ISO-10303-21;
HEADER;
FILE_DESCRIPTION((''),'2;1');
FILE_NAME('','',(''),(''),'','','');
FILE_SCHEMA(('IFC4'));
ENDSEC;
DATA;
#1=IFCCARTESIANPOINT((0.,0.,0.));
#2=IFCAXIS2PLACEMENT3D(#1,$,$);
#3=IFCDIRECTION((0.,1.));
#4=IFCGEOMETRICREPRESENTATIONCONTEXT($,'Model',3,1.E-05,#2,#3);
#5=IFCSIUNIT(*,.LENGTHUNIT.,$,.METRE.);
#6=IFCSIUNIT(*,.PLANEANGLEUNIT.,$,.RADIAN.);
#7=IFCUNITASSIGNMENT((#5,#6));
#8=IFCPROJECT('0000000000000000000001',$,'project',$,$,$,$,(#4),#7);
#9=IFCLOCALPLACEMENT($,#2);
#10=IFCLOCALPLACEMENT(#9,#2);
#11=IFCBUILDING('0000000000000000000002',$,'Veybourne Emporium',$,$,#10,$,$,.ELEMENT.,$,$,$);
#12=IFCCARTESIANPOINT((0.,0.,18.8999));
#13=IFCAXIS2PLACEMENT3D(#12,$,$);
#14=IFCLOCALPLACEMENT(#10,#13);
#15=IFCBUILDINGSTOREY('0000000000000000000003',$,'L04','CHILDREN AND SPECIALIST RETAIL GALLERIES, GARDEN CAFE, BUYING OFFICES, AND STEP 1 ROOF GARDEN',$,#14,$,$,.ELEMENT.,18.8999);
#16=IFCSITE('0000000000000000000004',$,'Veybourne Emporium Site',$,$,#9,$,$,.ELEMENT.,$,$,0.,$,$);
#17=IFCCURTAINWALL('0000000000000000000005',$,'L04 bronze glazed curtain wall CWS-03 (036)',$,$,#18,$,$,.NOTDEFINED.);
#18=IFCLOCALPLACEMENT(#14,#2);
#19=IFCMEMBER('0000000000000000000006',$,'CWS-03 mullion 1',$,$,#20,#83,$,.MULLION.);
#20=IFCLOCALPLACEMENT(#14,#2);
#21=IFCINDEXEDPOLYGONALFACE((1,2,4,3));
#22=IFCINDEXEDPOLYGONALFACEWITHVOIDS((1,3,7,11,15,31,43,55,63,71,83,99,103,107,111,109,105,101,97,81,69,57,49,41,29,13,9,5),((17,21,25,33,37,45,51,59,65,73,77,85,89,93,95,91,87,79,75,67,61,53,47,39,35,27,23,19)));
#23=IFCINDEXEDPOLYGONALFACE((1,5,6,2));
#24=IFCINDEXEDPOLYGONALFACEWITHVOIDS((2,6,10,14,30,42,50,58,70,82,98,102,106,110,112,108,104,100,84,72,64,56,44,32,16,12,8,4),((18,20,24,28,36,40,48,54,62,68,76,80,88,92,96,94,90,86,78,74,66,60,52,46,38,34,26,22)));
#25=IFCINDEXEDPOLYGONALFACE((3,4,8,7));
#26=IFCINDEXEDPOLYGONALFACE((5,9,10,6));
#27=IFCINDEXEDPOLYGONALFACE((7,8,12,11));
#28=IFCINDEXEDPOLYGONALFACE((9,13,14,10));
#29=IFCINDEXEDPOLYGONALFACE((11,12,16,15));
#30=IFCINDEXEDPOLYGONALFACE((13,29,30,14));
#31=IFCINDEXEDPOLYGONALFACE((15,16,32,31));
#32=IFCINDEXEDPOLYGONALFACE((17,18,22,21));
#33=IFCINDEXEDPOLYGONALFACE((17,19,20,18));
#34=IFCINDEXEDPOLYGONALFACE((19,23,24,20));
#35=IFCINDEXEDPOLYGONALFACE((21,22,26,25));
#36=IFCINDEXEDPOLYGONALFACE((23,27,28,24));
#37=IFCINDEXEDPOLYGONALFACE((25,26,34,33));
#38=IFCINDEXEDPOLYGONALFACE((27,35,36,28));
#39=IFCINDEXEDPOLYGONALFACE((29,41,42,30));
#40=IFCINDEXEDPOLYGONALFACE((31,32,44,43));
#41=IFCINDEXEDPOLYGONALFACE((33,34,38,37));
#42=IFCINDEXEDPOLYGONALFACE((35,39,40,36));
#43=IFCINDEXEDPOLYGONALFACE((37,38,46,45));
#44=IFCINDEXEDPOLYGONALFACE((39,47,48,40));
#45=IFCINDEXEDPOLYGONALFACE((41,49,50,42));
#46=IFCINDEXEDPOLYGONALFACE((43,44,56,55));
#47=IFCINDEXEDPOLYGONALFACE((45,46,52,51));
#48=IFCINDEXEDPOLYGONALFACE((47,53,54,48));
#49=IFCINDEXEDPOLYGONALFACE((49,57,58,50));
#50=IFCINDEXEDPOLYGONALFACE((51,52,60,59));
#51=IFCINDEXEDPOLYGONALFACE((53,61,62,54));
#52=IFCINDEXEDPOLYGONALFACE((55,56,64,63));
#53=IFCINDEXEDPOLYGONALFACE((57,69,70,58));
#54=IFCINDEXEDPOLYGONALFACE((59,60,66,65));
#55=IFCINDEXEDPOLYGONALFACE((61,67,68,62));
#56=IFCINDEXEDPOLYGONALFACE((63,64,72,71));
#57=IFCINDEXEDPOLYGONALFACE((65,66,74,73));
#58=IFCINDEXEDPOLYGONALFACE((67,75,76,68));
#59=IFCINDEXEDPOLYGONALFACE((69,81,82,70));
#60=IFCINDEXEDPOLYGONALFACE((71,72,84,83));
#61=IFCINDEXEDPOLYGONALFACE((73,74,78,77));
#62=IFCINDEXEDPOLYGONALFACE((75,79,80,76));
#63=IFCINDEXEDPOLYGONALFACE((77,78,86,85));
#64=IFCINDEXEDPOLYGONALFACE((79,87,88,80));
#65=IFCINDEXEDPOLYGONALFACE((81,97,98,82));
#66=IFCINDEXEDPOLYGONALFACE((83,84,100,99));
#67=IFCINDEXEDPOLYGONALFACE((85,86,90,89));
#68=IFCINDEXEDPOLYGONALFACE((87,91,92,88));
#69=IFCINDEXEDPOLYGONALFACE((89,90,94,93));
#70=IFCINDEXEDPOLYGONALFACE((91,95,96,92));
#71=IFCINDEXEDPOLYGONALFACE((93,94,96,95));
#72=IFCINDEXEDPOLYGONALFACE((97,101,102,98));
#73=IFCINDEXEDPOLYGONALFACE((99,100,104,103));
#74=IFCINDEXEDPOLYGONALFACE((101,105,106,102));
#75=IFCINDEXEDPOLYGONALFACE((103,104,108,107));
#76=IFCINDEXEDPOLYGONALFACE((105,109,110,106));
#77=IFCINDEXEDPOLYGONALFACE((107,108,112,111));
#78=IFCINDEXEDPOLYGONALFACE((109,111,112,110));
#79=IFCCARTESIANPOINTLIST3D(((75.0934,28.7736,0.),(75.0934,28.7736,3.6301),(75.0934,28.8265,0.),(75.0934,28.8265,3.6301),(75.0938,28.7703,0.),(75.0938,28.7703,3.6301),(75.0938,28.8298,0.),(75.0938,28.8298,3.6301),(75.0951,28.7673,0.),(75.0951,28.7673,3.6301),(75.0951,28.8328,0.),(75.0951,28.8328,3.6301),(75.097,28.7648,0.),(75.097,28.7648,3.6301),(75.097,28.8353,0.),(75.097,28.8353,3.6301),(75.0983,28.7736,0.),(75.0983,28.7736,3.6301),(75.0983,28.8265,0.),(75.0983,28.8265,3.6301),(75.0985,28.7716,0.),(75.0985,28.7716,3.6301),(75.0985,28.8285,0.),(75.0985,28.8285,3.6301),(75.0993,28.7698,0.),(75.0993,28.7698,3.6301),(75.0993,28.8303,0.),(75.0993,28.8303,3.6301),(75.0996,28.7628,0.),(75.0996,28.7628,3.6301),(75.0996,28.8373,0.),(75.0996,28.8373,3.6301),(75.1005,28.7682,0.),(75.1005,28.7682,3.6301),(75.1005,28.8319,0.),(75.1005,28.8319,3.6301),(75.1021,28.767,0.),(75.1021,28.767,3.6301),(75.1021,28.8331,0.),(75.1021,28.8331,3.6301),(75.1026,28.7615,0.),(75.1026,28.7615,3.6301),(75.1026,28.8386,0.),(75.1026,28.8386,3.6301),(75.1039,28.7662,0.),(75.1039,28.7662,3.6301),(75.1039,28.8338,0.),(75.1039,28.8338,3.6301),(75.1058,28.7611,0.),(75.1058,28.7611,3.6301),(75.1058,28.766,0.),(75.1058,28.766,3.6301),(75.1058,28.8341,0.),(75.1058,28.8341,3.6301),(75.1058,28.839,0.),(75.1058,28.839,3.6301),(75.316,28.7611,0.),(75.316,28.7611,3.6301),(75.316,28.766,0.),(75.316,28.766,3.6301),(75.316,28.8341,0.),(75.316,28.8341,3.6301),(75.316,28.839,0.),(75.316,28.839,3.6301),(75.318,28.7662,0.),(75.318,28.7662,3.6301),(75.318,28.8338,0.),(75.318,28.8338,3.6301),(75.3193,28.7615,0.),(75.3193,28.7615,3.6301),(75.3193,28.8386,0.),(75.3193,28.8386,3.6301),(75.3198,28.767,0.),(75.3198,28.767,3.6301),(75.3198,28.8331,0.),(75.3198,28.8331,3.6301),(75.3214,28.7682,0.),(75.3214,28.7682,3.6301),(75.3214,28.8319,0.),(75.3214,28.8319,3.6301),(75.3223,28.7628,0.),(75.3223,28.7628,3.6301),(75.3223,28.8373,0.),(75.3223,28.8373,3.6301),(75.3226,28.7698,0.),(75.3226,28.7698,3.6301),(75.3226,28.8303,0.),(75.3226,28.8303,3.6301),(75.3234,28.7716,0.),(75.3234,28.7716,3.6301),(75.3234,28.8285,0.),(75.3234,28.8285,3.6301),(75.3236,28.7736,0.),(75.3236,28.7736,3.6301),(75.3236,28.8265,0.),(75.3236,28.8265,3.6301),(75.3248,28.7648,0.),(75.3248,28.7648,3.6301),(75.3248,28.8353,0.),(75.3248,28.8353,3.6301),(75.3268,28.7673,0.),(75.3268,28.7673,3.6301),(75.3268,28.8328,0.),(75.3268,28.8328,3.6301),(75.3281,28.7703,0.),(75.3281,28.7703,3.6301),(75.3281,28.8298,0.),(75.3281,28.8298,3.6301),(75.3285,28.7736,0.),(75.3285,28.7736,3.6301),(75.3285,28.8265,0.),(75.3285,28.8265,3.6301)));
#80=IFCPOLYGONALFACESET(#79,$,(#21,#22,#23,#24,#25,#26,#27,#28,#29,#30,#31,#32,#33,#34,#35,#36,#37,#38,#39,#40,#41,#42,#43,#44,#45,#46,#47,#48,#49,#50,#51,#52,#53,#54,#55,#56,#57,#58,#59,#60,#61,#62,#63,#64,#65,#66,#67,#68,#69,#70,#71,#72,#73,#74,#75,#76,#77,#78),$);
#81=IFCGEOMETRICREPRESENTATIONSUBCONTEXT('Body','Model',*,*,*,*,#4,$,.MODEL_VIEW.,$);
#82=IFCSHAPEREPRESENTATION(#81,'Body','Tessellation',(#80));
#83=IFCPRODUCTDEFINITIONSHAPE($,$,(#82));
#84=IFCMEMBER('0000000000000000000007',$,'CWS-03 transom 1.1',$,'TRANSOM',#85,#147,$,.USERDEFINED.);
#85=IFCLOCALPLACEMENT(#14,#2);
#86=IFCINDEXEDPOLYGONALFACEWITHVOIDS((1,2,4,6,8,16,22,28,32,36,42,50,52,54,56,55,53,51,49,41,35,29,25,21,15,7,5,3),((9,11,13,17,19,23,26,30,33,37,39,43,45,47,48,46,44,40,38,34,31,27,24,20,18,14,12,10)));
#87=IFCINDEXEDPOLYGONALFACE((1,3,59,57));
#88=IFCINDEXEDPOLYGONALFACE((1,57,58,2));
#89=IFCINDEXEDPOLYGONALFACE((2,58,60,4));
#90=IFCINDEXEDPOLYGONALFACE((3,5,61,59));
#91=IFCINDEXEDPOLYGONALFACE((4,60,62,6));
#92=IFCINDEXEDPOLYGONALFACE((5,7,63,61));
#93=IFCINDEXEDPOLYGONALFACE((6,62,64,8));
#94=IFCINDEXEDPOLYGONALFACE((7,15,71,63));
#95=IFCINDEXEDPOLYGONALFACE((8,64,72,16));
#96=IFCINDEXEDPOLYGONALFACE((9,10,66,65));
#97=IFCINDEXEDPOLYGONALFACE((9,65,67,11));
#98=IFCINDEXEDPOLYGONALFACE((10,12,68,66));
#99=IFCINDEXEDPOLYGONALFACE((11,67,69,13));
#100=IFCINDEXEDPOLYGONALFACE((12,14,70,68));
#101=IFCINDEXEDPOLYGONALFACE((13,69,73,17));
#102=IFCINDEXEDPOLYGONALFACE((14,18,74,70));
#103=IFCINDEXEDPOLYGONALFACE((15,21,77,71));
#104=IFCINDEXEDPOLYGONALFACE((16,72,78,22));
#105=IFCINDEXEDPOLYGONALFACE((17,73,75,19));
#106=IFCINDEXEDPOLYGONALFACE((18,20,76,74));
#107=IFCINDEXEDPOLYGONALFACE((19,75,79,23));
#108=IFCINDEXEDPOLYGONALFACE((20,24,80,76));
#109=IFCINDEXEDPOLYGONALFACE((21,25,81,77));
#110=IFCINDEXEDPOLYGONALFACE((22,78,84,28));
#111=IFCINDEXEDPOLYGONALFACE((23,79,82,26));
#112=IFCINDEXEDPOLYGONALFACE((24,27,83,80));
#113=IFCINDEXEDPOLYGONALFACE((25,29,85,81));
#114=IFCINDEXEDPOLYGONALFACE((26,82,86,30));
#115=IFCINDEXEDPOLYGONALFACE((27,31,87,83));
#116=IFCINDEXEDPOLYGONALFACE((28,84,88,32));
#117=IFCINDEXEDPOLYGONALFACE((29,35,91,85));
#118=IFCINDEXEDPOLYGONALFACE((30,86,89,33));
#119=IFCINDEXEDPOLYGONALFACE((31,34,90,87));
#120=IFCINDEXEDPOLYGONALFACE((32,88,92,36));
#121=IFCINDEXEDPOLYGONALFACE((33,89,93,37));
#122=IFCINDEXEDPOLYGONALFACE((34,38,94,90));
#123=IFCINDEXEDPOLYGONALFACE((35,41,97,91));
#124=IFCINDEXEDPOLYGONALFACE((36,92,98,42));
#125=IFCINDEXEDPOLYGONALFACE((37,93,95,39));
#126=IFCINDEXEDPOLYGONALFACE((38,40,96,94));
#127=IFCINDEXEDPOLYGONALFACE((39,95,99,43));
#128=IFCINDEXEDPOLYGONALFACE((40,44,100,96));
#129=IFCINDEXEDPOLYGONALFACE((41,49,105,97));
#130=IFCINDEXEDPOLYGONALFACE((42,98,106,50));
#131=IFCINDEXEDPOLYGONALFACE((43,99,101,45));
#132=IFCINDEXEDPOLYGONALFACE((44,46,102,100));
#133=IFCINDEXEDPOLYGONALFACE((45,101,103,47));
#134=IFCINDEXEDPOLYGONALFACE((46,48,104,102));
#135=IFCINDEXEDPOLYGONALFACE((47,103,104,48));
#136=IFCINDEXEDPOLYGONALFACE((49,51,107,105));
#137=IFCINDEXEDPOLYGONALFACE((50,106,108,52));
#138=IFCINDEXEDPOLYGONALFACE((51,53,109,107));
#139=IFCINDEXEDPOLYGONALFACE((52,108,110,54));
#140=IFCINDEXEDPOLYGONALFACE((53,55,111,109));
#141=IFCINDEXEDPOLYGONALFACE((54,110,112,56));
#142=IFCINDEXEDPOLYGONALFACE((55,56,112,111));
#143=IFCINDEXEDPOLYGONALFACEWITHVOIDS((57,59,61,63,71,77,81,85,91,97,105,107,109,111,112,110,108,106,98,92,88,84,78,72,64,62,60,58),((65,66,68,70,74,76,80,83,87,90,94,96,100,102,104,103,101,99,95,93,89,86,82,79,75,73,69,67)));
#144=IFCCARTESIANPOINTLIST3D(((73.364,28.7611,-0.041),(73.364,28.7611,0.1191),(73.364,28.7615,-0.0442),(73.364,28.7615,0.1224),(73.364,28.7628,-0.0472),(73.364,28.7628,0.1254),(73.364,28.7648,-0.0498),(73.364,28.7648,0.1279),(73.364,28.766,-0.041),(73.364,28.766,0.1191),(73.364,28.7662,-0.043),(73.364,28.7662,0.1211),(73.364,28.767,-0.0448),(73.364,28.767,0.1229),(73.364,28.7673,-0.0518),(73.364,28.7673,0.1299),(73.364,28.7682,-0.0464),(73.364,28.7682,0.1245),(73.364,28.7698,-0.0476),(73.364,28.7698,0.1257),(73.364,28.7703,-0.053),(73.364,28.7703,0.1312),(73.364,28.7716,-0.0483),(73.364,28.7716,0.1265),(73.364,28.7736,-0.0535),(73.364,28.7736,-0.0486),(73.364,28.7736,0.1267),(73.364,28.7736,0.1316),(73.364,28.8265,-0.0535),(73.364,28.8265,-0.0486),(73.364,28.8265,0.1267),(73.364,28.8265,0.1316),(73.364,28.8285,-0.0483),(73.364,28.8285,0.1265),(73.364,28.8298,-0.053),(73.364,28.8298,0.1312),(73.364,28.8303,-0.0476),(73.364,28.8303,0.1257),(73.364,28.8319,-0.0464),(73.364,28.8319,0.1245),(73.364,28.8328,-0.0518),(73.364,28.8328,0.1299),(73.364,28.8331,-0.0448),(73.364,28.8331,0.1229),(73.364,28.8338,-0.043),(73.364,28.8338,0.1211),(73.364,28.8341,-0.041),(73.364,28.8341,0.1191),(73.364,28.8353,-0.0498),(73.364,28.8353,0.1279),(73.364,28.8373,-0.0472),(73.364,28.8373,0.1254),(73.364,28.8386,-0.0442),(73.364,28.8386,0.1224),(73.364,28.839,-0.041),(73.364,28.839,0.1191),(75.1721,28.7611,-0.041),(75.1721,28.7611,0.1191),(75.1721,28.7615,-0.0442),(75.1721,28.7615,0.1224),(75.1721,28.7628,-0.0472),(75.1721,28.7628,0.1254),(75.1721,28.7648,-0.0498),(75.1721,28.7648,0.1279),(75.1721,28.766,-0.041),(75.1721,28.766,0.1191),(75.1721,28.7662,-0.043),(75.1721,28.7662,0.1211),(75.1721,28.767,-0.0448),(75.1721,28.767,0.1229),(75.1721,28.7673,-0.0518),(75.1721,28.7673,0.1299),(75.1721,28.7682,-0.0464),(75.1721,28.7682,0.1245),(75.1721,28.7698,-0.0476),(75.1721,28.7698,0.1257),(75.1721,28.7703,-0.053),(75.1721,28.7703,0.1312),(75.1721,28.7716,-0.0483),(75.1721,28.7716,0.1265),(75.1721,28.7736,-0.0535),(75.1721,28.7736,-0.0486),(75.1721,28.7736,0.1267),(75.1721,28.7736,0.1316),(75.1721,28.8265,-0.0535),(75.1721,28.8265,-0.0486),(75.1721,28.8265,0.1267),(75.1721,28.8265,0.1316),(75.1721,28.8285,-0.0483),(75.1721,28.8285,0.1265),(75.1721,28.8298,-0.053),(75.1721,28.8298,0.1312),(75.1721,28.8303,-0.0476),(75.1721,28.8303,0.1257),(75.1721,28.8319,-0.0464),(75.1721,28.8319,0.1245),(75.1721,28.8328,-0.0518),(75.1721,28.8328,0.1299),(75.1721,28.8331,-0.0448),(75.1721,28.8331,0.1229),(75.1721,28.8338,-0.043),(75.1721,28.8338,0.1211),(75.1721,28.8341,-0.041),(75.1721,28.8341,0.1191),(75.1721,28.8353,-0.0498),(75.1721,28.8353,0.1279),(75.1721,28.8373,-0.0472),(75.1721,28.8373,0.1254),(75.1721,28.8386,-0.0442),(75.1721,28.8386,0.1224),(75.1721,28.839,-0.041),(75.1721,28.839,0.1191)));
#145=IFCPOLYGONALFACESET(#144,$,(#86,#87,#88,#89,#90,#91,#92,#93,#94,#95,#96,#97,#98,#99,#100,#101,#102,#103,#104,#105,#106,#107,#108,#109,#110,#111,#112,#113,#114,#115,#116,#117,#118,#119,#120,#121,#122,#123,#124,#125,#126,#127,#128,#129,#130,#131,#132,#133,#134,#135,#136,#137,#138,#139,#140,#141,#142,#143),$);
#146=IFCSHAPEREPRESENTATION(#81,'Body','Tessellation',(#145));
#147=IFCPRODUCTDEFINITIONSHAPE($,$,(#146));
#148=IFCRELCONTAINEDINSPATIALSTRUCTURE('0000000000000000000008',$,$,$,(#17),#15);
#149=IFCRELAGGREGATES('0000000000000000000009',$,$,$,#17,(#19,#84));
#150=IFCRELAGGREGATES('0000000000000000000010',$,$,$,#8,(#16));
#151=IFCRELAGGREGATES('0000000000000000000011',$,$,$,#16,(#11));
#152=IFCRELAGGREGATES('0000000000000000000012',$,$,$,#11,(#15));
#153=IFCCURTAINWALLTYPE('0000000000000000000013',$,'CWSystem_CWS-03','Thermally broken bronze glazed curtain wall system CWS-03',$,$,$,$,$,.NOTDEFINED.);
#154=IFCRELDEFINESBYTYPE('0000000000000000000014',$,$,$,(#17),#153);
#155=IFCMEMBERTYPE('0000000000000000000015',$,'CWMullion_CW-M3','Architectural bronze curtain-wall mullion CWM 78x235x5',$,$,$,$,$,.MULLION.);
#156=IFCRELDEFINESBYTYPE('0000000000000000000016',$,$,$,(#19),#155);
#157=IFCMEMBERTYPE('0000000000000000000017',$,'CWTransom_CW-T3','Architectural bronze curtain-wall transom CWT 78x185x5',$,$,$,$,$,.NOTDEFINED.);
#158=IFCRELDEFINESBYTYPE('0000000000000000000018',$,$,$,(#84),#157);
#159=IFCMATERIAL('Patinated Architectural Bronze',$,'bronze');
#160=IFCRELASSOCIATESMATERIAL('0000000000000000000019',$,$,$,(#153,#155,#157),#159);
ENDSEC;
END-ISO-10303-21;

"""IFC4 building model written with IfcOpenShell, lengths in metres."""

from ifc_helpers import new_model, si_unit, direction, frame, origin, origin_2d, place, context, subcontext, project, spatial, hollow_rectangle, extrude, material, material_profile, profile_set, type_object, element, aggregate, save


model = new_model("IFC4")

# Units and contexts
model_context = context("Model", 3, precision=1e-05, world=origin(), true_north=direction((0.0, 1.0)))
body_context = subcontext(model_context, "Body", "Model", "MODEL_VIEW")
ifc_project = project(units=[si_unit("LENGTHUNIT", "METRE"), si_unit("PLANEANGLEUNIT", "RADIAN")], contexts=[model_context])

# Site, building, storey
site_placement = place(None, origin())
site = spatial("IfcSite", under=ifc_project, at=site_placement, Name="Veybourne Emporium Site", CompositionType="ELEMENT", RefElevation=0.0)
building_placement = place(site_placement, origin())
building = spatial("IfcBuilding", under=site, at=building_placement, Name="Veybourne Emporium", CompositionType="ELEMENT")
storey_placement = place(building_placement, frame((0.0, 0.0, 18.8999)))
storey = spatial("IfcBuildingStorey", under=building, at=storey_placement, Name="L04", Description="CHILDREN AND SPECIALIST RETAIL GALLERIES, GARDEN CAFE, BUYING OFFICES, AND STEP 1 ROOF GARDEN", CompositionType="ELEMENT", Elevation=18.8999)

# Curtain wall, members
ifc_material_1 = material(Name="Patinated Architectural Bronze", Category="bronze")
curtain_wall_type = type_object("IfcCurtainWallType", Name="CWSystem_CWS-03", Description="Thermally broken bronze glazed curtain wall system CWS-03", PredefinedType="NOTDEFINED", material=ifc_material_1)
curtain_wall_placement = place(storey_placement, origin())
curtain_wall = element("IfcCurtainWall", 1, at=curtain_wall_placement, inside=storey, type_object=curtain_wall_type, Name="L04 bronze glazed curtain wall CWS-03 (036)", PredefinedType="NOTDEFINED")
ifc_material_profile_1 = material_profile(ifc_material_1, hollow_rectangle(XDim=0.0779, YDim=0.2351, WallThickness=0.0049, InnerFilletRadius=0.0076, OuterFilletRadius=0.0125, at=origin_2d()), Name="CWM 78x235x5")
ifc_profile_set_1 = profile_set([ifc_material_profile_1], Name="Patinated Architectural Bronze")
member_type_1 = type_object("IfcMemberType", Name="CWMullion_CW-M3", Description="Architectural bronze curtain-wall mullion CWM 78x235x5", PredefinedType="MULLION", material=ifc_profile_set_1)
member_1_placement = place(storey_placement, frame((75.2109, 28.8, 0.0), z_axis=(0.0, 0.0, 1.0), x_axis=(0.0, -1.0, 0.0)))
member_1 = element("IfcMember", 2, at=member_1_placement, type_object=member_type_1, Name="CWS-03 mullion 1", PredefinedType="MULLION", context=body_context, shape_type="SweptSolid", body=[
    extrude(hollow_rectangle(XDim=0.0779, YDim=0.2351, WallThickness=0.0049, InnerFilletRadius=0.0076, OuterFilletRadius=0.0125, at=origin_2d()), origin(), (0.0, 0.0, 1.0), 3.6301),
])
ifc_material_profile_2 = material_profile(ifc_material_1, hollow_rectangle(XDim=0.0779, YDim=0.1851, WallThickness=0.0049, InnerFilletRadius=0.0076, OuterFilletRadius=0.0125, at=origin_2d()), Name="CWT 78x185x5")
ifc_profile_set_2 = profile_set([ifc_material_profile_2], Name="Patinated Architectural Bronze")
member_type_2 = type_object("IfcMemberType", Name="CWTransom_CW-T3", Description="Architectural bronze curtain-wall transom CWT 78x185x5", PredefinedType="NOTDEFINED", material=ifc_profile_set_2)
member_2_placement = place(storey_placement, frame((75.1721, 28.8, 0.0391), z_axis=(-1.0, 0.0, 0.0), x_axis=(0.0, -1.0, 0.0)))
member_2 = element("IfcMember", 3, at=member_2_placement, type_object=member_type_2, Name="CWS-03 transom 1.1", ObjectType="TRANSOM", PredefinedType="USERDEFINED", context=body_context, shape_type="SweptSolid", body=[
    extrude(hollow_rectangle(XDim=0.0779, YDim=0.1851, WallThickness=0.0049, InnerFilletRadius=0.0076, OuterFilletRadius=0.0125, at=origin_2d()), origin(), (0.0, 0.0, 1.0), 1.8081),
])
aggregate(curtain_wall, [member_1, member_2])

save(model, "model.ifc")
